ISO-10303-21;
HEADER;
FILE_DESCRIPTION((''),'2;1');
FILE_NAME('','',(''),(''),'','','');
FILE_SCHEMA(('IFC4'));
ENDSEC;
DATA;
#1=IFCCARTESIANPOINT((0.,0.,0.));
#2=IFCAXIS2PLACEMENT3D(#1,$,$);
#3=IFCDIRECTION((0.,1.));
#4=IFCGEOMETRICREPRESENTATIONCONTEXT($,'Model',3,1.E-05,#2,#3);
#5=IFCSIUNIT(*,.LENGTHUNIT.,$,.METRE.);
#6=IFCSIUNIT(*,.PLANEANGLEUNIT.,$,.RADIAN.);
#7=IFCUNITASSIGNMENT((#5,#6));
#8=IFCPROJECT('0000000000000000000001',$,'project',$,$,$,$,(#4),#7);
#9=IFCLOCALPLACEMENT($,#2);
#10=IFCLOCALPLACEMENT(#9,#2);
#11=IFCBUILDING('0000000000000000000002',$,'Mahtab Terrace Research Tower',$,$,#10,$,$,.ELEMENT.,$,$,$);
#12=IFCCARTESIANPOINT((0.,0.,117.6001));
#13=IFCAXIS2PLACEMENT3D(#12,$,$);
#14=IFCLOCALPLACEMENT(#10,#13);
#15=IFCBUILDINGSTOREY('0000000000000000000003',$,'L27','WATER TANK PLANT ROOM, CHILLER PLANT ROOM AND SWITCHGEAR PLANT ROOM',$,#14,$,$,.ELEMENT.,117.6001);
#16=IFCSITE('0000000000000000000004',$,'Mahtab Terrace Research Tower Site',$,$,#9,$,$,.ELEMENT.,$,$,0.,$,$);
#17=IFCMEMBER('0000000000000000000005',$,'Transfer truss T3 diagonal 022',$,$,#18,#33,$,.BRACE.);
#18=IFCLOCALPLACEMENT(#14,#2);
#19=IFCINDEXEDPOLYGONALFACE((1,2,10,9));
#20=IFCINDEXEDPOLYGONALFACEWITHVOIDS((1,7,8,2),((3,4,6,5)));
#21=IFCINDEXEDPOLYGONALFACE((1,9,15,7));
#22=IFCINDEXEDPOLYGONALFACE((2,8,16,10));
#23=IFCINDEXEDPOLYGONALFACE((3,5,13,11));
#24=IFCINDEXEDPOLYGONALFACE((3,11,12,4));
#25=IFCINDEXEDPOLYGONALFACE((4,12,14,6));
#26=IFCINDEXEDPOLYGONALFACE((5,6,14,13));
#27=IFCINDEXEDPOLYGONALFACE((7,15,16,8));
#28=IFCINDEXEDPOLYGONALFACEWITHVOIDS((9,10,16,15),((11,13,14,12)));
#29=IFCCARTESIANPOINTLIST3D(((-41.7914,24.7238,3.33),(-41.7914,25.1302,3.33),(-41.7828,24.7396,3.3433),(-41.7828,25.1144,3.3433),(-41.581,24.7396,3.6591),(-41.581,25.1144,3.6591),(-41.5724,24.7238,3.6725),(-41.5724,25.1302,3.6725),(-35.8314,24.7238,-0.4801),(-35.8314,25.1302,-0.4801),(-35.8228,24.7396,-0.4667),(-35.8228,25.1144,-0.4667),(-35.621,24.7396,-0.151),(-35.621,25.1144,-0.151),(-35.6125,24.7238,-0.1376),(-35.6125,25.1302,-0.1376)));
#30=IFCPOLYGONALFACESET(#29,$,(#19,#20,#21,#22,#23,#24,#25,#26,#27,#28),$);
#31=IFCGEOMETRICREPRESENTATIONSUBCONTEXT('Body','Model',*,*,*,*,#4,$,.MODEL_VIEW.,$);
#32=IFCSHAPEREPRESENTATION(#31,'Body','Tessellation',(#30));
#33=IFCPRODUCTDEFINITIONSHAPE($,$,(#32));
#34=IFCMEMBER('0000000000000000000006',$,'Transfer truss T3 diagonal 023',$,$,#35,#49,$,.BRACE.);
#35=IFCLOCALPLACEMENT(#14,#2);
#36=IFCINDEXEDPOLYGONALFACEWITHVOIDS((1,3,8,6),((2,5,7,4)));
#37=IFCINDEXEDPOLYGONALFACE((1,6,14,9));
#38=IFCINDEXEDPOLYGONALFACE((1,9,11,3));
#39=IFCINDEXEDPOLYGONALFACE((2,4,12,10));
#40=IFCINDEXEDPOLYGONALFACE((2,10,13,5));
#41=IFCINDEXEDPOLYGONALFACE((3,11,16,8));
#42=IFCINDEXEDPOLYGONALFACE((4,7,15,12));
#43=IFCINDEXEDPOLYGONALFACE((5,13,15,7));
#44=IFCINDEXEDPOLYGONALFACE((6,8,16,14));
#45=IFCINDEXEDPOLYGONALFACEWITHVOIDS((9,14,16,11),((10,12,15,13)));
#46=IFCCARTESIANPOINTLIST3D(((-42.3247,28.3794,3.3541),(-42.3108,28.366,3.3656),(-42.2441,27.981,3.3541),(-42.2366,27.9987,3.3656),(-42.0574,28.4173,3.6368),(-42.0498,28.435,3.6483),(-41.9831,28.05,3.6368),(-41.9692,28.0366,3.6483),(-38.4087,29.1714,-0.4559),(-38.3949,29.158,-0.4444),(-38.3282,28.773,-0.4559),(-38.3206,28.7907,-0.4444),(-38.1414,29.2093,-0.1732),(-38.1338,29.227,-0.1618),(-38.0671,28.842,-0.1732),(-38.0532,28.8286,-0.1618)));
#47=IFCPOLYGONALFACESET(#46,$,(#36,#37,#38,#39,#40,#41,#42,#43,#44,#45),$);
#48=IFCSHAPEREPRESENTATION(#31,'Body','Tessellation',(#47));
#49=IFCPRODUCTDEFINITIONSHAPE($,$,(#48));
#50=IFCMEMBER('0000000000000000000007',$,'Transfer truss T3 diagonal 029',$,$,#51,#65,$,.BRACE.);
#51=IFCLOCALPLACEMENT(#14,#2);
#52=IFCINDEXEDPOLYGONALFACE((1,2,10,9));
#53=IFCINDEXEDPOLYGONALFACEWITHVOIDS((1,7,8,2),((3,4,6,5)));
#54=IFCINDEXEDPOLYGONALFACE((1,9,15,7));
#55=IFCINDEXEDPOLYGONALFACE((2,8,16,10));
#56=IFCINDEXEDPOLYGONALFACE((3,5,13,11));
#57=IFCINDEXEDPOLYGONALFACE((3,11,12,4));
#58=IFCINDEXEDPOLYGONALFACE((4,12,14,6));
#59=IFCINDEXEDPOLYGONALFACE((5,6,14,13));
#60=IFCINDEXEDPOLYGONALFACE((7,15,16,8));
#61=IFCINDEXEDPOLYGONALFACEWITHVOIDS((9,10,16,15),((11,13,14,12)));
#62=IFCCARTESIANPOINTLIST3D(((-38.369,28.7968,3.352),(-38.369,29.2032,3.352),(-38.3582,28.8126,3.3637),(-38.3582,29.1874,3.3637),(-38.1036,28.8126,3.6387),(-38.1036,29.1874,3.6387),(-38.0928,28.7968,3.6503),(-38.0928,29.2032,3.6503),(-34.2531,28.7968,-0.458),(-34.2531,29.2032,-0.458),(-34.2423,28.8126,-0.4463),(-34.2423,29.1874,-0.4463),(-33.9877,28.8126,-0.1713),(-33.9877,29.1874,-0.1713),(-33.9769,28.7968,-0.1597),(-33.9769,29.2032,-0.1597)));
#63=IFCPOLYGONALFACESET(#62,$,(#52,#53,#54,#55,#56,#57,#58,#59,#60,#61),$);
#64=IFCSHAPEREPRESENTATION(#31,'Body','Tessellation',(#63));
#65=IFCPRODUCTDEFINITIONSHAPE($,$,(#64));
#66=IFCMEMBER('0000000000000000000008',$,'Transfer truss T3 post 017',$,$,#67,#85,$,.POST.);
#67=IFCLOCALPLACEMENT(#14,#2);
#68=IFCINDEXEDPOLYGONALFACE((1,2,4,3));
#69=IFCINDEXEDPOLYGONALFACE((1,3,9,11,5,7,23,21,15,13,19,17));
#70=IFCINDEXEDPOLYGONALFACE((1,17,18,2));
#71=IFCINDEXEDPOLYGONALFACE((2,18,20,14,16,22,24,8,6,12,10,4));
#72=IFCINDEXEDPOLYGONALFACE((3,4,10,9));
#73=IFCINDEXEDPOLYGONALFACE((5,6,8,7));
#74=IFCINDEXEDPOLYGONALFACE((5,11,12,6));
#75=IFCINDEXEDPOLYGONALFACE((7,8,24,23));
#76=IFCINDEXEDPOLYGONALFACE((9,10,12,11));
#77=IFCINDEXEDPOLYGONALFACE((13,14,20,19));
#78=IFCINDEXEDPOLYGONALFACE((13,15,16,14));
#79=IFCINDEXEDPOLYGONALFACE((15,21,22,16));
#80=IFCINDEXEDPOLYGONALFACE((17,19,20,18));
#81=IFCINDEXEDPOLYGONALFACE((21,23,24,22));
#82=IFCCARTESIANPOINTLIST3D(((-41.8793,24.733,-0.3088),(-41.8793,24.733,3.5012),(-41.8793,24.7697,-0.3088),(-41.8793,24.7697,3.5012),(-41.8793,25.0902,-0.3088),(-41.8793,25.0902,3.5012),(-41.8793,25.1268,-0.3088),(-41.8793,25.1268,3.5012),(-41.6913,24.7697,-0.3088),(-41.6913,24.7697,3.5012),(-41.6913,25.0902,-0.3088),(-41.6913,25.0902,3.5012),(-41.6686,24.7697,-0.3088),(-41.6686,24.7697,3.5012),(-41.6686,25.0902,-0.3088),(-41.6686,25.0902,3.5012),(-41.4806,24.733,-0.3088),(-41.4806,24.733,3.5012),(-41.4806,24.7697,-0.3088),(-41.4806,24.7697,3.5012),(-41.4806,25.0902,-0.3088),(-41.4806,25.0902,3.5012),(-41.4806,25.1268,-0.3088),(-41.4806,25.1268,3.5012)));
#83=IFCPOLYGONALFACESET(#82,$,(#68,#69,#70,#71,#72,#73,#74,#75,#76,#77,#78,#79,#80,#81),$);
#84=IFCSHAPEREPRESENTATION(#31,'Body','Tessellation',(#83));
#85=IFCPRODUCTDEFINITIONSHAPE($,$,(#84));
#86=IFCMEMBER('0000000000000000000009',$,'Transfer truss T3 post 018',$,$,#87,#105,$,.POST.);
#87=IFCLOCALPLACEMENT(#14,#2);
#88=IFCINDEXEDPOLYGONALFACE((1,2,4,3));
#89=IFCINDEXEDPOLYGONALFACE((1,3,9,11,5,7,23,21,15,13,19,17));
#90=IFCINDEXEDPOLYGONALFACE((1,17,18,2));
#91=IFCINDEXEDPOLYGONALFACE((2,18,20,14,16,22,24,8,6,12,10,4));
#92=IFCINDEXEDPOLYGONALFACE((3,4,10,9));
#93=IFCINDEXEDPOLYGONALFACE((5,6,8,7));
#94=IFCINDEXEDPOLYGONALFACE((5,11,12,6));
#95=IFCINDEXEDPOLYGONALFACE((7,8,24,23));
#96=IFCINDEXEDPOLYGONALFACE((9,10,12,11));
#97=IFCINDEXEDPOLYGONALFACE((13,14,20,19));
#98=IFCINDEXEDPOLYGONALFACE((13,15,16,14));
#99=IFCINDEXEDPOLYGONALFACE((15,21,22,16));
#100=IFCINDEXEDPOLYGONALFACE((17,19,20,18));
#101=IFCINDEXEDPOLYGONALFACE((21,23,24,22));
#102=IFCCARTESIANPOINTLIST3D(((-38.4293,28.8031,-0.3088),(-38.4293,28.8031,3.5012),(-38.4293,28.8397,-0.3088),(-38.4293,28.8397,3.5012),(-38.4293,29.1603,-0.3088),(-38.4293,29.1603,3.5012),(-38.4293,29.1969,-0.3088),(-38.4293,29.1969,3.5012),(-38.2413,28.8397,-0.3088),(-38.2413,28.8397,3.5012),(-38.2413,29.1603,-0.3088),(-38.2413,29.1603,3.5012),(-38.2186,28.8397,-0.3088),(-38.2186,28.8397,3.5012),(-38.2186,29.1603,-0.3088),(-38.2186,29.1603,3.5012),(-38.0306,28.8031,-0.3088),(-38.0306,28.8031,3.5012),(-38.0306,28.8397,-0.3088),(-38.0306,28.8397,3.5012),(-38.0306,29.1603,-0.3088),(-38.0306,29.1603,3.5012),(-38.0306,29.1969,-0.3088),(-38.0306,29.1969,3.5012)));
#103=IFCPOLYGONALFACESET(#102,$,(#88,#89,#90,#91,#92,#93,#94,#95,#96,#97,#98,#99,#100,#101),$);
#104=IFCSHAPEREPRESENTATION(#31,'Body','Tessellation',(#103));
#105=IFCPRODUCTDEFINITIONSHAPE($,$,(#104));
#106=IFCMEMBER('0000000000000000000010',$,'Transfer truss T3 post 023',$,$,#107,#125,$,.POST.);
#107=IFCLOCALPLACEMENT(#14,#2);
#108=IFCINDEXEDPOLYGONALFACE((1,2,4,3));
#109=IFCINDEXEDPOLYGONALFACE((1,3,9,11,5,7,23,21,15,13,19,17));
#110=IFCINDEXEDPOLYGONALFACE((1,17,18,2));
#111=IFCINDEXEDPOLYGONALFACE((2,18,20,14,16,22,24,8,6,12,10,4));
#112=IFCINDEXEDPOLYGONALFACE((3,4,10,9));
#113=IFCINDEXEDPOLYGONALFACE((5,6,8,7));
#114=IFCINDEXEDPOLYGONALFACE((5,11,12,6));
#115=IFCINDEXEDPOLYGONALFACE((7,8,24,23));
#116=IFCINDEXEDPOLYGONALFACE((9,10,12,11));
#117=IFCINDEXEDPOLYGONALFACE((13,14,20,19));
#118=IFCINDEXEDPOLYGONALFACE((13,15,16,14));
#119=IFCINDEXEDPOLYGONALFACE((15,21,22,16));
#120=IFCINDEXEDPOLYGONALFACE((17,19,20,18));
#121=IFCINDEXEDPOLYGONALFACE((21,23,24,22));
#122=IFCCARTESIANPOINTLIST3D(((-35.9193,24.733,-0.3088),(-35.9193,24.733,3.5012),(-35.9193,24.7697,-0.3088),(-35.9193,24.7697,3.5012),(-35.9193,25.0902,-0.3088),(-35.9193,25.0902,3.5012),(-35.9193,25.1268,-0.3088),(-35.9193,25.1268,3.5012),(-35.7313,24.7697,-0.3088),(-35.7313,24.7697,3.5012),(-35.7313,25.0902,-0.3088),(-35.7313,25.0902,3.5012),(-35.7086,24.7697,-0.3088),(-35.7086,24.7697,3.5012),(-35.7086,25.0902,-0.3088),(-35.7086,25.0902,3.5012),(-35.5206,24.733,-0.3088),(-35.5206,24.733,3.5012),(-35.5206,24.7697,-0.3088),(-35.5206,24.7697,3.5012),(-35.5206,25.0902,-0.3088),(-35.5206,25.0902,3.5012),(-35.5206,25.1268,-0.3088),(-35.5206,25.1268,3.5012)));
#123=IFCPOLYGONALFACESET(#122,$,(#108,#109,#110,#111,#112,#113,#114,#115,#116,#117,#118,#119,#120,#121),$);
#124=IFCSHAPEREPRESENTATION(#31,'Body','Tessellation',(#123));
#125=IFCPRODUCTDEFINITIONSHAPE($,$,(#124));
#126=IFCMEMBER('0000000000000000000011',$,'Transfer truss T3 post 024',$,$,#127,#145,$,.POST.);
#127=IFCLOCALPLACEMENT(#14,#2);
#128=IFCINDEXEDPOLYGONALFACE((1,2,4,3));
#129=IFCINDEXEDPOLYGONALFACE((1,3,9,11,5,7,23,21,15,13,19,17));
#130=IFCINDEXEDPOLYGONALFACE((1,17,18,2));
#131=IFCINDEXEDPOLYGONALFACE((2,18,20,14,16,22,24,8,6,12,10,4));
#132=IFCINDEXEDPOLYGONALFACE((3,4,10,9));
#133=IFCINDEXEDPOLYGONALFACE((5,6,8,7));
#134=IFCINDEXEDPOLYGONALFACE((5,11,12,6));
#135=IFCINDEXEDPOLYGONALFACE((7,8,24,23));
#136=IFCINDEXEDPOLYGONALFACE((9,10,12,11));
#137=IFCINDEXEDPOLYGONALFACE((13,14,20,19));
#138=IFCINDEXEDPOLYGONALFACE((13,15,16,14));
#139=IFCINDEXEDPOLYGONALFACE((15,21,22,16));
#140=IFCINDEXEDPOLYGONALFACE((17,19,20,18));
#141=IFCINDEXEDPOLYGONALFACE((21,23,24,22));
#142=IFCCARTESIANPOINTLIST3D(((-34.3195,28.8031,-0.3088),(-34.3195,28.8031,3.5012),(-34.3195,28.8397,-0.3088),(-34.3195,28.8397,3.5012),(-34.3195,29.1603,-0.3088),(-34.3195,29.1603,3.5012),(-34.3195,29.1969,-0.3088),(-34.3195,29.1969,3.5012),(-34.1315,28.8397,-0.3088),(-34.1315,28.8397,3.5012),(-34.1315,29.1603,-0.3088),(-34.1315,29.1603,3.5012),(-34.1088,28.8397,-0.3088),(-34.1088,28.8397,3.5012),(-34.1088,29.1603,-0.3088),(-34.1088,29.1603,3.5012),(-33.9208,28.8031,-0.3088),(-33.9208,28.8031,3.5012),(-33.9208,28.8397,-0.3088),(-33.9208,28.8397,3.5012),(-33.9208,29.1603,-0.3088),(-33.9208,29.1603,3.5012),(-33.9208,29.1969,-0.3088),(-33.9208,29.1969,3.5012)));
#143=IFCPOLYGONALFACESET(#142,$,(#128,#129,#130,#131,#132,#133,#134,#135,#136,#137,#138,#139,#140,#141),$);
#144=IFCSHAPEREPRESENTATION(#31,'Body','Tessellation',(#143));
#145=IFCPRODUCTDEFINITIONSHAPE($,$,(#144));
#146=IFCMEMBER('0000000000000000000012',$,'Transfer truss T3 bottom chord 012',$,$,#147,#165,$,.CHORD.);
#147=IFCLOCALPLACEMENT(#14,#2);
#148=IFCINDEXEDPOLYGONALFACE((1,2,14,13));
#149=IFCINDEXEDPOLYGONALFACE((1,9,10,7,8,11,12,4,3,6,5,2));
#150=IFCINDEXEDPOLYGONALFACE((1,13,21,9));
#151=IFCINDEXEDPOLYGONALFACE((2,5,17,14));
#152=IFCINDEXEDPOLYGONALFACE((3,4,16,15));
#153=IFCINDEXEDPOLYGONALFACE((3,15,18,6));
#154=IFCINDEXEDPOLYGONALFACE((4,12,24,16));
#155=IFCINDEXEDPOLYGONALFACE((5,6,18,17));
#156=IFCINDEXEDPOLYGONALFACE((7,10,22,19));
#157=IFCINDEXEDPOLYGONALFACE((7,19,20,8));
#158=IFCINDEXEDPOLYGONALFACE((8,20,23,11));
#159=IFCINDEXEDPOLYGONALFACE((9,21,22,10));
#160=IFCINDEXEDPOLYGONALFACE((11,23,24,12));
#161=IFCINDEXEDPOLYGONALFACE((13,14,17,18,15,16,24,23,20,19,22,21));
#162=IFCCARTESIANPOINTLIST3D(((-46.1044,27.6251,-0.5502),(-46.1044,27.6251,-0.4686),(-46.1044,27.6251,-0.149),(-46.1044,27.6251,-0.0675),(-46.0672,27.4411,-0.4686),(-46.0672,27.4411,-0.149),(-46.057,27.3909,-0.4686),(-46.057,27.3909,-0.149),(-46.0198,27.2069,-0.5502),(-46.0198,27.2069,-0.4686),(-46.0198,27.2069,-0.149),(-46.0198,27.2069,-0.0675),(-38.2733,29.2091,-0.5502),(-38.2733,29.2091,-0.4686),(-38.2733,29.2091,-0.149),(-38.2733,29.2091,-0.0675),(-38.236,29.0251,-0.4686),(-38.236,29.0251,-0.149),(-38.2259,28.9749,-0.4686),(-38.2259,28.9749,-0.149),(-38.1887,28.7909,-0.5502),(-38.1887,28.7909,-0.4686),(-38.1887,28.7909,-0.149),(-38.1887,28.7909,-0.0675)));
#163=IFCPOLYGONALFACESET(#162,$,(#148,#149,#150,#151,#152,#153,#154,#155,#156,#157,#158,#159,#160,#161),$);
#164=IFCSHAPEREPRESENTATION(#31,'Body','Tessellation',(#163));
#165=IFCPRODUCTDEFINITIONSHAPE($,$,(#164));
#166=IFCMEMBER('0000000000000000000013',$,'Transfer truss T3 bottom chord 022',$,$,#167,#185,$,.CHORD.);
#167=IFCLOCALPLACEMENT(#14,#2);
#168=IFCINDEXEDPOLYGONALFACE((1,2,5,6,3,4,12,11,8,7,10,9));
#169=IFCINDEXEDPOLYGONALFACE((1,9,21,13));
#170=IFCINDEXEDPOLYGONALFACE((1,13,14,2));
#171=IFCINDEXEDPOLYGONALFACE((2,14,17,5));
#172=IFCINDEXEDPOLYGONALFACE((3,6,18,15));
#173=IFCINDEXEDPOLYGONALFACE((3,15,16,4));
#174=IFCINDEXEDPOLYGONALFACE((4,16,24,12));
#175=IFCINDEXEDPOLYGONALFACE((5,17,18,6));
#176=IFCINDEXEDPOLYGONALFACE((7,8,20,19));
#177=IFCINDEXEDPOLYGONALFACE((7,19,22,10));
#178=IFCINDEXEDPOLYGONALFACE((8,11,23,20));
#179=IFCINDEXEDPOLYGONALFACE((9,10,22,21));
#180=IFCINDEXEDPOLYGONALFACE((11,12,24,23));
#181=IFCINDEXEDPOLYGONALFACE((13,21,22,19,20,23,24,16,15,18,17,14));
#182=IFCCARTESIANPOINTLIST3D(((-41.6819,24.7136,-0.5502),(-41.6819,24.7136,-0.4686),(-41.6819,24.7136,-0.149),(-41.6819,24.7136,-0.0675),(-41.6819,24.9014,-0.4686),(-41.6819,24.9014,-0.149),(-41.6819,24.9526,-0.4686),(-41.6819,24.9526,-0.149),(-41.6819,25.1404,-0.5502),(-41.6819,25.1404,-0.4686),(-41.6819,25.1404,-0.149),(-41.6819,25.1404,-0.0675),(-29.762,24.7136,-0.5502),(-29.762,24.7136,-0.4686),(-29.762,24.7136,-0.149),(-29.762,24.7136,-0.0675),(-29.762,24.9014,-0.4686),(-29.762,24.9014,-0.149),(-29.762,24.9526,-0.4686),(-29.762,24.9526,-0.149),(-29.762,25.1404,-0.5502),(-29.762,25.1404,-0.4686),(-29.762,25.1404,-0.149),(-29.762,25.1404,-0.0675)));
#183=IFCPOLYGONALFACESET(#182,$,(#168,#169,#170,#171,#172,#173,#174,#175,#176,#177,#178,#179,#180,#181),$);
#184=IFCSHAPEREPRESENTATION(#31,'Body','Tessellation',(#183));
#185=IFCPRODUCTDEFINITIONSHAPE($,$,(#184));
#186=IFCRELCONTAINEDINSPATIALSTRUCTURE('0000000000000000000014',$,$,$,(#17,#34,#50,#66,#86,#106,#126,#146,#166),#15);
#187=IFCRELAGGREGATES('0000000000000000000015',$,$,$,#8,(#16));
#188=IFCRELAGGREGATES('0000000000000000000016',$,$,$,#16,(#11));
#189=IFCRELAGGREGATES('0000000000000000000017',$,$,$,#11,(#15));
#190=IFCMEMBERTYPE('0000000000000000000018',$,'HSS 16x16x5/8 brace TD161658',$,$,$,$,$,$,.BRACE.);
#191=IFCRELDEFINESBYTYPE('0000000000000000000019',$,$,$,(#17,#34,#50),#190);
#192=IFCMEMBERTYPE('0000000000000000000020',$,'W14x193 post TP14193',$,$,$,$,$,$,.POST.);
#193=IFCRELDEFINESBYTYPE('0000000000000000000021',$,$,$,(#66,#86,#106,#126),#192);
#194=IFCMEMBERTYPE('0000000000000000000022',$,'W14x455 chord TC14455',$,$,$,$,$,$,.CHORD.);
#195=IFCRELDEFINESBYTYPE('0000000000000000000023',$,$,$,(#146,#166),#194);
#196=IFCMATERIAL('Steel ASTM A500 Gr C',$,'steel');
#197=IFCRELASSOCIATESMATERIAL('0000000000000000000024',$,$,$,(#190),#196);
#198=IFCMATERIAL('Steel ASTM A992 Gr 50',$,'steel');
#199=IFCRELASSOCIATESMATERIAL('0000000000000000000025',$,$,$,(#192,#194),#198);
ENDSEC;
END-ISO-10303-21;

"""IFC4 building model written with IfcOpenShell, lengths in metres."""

from ifc_helpers import new_model, si_unit, direction, frame, origin, origin_2d, place, context, subcontext, project, spatial, hollow_rectangle, i_section, extrude, material, material_profile, profile_set, type_object, element, save


model = new_model("IFC4")

# Units and contexts
model_context = context("Model", 3, precision=1e-05, world=origin(), true_north=direction((0.0, 1.0)))
body_context = subcontext(model_context, "Body", "Model", "MODEL_VIEW")
ifc_project = project(units=[si_unit("LENGTHUNIT", "METRE"), si_unit("PLANEANGLEUNIT", "RADIAN")], contexts=[model_context])

# Site, building, storey
site_placement = place(None, origin())
site = spatial("IfcSite", under=ifc_project, at=site_placement, Name="Mahtab Terrace Research Tower Site", CompositionType="ELEMENT", RefElevation=0.0)
building_placement = place(site_placement, origin())
building = spatial("IfcBuilding", under=site, at=building_placement, Name="Mahtab Terrace Research Tower", CompositionType="ELEMENT")
storey_placement = place(building_placement, frame((0.0, 0.0, 117.6001)))
storey = spatial("IfcBuildingStorey", under=building, at=storey_placement, Name="L27", Description="WATER TANK PLANT ROOM, CHILLER PLANT ROOM AND SWITCHGEAR PLANT ROOM", CompositionType="ELEMENT", Elevation=117.6001)

# Members
ifc_material_1 = material(Name="Steel ASTM A500 Gr C", Category="steel")
ifc_material_profile_1 = material_profile(ifc_material_1, hollow_rectangle(XDim=0.4065, YDim=0.4065, WallThickness=0.0159, at=origin_2d()), Name="HSS16X16X5/8")
ifc_profile_set_1 = profile_set([ifc_material_profile_1], Name="Steel ASTM A500 Gr C")
member_type_1 = type_object("IfcMemberType", Name="HSS 16x16x5/8 brace TD161658", PredefinedType="BRACE", material=ifc_profile_set_1)
member_1_placement = place(storey_placement, frame((-35.7219, 24.927, -0.3088), z_axis=(-0.842548, 0.0, 0.538621), x_axis=(0.0, -1.0, 0.0)))
element("IfcMember", 1, at=member_1_placement, inside=storey, type_object=member_type_1, Name="Transfer truss T3 diagonal 022", PredefinedType="BRACE", context=body_context, shape_type="SweptSolid", body=[
    extrude(hollow_rectangle(XDim=0.4065, YDim=0.4065, WallThickness=0.0159, at=origin_2d()), origin(), (0.0, 0.0, 1.0), 7.0737),
])
member_2_placement = place(storey_placement, frame((-38.231, 29.0, -0.3088), z_axis=(-0.709323, -0.143457, 0.690131), x_axis=(0.198231, -0.980155, 0.0)))
element("IfcMember", 2, at=member_2_placement, inside=storey, type_object=member_type_1, Name="Transfer truss T3 diagonal 023", PredefinedType="BRACE", context=body_context, shape_type="SweptSolid", body=[
    extrude(hollow_rectangle(XDim=0.4065, YDim=0.4065, WallThickness=0.0159, at=origin_2d()), origin(), (0.0, 0.0, 1.0), 5.5208),
])
member_3_placement = place(storey_placement, frame((-34.115, 29.0, -0.3088), z_axis=(-0.733851, 0.0, 0.67931), x_axis=(0.0, -1.0, 0.0)))
element("IfcMember", 3, at=member_3_placement, inside=storey, type_object=member_type_1, Name="Transfer truss T3 diagonal 029", PredefinedType="BRACE", context=body_context, shape_type="SweptSolid", body=[
    extrude(hollow_rectangle(XDim=0.4065, YDim=0.4065, WallThickness=0.0159, at=origin_2d()), origin(), (0.0, 0.0, 1.0), 5.6086),
])
ifc_material_2 = material(Name="Steel ASTM A992 Gr 50", Category="steel")
ifc_material_profile_2 = material_profile(ifc_material_2, i_section(OverallWidth=0.3987, OverallDepth=0.3938, WebThickness=0.0227, FlangeThickness=0.0366, at=origin_2d()), Name="W14X193")
ifc_profile_set_2 = profile_set([ifc_material_profile_2], Name="Steel ASTM A992 Gr 50")
member_type_2 = type_object("IfcMemberType", Name="W14x193 post TP14193", PredefinedType="POST", material=ifc_profile_set_2)
for number, where, z_axis, x_axis, name in (
    (4, (-41.6799, 24.9299, -0.3088), (0.0, 0.0, 1.0), (1.0, 0.0, 0.0), "Transfer truss T3 post 017"),
    (5, (-38.23, 29.0, -0.3088), (0.0, 0.0, 1.0), (1.0, 0.0, 0.0), "Transfer truss T3 post 018"),
    (6, (-35.72, 24.9299, -0.3088), (0.0, 0.0, 1.0), (1.0, 0.0, 0.0), "Transfer truss T3 post 023"),
    (7, (-34.1201, 29.0, -0.3088), (0.0, 0.0, 1.0), (1.0, 0.0, 0.0), "Transfer truss T3 post 024"),
):
    element("IfcMember", number, at=place(storey_placement, frame(where, z_axis=z_axis, x_axis=x_axis)), inside=storey, type_object=member_type_2, Name=name, PredefinedType="POST", context=body_context, shape_type="SweptSolid", body=[
        extrude(i_section(OverallWidth=0.3987, OverallDepth=0.3938, WebThickness=0.0227, FlangeThickness=0.0366, at=origin_2d()), origin(), (0.0, 0.0, 1.0), 3.8101),
    ])
ifc_material_profile_3 = material_profile(ifc_material_2, i_section(OverallWidth=0.4268, OverallDepth=0.4827, WebThickness=0.0513, FlangeThickness=0.0815, at=origin_2d()), Name="W14X455")
ifc_profile_set_3 = profile_set([ifc_material_profile_3], Name="Steel ASTM A992 Gr 50")
member_type_3 = type_object("IfcMemberType", Name="W14x455 chord TC14455", PredefinedType="CHORD", material=ifc_profile_set_3)
member_4_placement = place(storey_placement, frame((-38.231, 29.0, -0.3088), z_axis=(-0.980151, -0.198255, 0.0), x_axis=(0.198255, -0.980151, 0.0)))
element("IfcMember", 8, at=member_4_placement, inside=storey, type_object=member_type_3, Name="Transfer truss T3 bottom chord 012", PredefinedType="CHORD", context=body_context, shape_type="SweptSolid", body=[
    extrude(i_section(OverallWidth=0.4268, OverallDepth=0.4827, WebThickness=0.0513, FlangeThickness=0.0815, at=origin_2d()), origin(), (0.0, 0.0, 1.0), 7.9897),
])
member_5_placement = place(storey_placement, frame((-41.6819, 24.927, -0.3088), z_axis=(1.0, 0.0, 0.0), x_axis=(0.0, 1.0, 0.0)))
element("IfcMember", 9, at=member_5_placement, inside=storey, type_object=member_type_3, Name="Transfer truss T3 bottom chord 022", PredefinedType="CHORD", context=body_context, shape_type="SweptSolid", body=[
    extrude(i_section(OverallWidth=0.4268, OverallDepth=0.4827, WebThickness=0.0513, FlangeThickness=0.0815, at=origin_2d()), origin(), (0.0, 0.0, 1.0), 11.9199),
])

save(model, "model.ifc")
